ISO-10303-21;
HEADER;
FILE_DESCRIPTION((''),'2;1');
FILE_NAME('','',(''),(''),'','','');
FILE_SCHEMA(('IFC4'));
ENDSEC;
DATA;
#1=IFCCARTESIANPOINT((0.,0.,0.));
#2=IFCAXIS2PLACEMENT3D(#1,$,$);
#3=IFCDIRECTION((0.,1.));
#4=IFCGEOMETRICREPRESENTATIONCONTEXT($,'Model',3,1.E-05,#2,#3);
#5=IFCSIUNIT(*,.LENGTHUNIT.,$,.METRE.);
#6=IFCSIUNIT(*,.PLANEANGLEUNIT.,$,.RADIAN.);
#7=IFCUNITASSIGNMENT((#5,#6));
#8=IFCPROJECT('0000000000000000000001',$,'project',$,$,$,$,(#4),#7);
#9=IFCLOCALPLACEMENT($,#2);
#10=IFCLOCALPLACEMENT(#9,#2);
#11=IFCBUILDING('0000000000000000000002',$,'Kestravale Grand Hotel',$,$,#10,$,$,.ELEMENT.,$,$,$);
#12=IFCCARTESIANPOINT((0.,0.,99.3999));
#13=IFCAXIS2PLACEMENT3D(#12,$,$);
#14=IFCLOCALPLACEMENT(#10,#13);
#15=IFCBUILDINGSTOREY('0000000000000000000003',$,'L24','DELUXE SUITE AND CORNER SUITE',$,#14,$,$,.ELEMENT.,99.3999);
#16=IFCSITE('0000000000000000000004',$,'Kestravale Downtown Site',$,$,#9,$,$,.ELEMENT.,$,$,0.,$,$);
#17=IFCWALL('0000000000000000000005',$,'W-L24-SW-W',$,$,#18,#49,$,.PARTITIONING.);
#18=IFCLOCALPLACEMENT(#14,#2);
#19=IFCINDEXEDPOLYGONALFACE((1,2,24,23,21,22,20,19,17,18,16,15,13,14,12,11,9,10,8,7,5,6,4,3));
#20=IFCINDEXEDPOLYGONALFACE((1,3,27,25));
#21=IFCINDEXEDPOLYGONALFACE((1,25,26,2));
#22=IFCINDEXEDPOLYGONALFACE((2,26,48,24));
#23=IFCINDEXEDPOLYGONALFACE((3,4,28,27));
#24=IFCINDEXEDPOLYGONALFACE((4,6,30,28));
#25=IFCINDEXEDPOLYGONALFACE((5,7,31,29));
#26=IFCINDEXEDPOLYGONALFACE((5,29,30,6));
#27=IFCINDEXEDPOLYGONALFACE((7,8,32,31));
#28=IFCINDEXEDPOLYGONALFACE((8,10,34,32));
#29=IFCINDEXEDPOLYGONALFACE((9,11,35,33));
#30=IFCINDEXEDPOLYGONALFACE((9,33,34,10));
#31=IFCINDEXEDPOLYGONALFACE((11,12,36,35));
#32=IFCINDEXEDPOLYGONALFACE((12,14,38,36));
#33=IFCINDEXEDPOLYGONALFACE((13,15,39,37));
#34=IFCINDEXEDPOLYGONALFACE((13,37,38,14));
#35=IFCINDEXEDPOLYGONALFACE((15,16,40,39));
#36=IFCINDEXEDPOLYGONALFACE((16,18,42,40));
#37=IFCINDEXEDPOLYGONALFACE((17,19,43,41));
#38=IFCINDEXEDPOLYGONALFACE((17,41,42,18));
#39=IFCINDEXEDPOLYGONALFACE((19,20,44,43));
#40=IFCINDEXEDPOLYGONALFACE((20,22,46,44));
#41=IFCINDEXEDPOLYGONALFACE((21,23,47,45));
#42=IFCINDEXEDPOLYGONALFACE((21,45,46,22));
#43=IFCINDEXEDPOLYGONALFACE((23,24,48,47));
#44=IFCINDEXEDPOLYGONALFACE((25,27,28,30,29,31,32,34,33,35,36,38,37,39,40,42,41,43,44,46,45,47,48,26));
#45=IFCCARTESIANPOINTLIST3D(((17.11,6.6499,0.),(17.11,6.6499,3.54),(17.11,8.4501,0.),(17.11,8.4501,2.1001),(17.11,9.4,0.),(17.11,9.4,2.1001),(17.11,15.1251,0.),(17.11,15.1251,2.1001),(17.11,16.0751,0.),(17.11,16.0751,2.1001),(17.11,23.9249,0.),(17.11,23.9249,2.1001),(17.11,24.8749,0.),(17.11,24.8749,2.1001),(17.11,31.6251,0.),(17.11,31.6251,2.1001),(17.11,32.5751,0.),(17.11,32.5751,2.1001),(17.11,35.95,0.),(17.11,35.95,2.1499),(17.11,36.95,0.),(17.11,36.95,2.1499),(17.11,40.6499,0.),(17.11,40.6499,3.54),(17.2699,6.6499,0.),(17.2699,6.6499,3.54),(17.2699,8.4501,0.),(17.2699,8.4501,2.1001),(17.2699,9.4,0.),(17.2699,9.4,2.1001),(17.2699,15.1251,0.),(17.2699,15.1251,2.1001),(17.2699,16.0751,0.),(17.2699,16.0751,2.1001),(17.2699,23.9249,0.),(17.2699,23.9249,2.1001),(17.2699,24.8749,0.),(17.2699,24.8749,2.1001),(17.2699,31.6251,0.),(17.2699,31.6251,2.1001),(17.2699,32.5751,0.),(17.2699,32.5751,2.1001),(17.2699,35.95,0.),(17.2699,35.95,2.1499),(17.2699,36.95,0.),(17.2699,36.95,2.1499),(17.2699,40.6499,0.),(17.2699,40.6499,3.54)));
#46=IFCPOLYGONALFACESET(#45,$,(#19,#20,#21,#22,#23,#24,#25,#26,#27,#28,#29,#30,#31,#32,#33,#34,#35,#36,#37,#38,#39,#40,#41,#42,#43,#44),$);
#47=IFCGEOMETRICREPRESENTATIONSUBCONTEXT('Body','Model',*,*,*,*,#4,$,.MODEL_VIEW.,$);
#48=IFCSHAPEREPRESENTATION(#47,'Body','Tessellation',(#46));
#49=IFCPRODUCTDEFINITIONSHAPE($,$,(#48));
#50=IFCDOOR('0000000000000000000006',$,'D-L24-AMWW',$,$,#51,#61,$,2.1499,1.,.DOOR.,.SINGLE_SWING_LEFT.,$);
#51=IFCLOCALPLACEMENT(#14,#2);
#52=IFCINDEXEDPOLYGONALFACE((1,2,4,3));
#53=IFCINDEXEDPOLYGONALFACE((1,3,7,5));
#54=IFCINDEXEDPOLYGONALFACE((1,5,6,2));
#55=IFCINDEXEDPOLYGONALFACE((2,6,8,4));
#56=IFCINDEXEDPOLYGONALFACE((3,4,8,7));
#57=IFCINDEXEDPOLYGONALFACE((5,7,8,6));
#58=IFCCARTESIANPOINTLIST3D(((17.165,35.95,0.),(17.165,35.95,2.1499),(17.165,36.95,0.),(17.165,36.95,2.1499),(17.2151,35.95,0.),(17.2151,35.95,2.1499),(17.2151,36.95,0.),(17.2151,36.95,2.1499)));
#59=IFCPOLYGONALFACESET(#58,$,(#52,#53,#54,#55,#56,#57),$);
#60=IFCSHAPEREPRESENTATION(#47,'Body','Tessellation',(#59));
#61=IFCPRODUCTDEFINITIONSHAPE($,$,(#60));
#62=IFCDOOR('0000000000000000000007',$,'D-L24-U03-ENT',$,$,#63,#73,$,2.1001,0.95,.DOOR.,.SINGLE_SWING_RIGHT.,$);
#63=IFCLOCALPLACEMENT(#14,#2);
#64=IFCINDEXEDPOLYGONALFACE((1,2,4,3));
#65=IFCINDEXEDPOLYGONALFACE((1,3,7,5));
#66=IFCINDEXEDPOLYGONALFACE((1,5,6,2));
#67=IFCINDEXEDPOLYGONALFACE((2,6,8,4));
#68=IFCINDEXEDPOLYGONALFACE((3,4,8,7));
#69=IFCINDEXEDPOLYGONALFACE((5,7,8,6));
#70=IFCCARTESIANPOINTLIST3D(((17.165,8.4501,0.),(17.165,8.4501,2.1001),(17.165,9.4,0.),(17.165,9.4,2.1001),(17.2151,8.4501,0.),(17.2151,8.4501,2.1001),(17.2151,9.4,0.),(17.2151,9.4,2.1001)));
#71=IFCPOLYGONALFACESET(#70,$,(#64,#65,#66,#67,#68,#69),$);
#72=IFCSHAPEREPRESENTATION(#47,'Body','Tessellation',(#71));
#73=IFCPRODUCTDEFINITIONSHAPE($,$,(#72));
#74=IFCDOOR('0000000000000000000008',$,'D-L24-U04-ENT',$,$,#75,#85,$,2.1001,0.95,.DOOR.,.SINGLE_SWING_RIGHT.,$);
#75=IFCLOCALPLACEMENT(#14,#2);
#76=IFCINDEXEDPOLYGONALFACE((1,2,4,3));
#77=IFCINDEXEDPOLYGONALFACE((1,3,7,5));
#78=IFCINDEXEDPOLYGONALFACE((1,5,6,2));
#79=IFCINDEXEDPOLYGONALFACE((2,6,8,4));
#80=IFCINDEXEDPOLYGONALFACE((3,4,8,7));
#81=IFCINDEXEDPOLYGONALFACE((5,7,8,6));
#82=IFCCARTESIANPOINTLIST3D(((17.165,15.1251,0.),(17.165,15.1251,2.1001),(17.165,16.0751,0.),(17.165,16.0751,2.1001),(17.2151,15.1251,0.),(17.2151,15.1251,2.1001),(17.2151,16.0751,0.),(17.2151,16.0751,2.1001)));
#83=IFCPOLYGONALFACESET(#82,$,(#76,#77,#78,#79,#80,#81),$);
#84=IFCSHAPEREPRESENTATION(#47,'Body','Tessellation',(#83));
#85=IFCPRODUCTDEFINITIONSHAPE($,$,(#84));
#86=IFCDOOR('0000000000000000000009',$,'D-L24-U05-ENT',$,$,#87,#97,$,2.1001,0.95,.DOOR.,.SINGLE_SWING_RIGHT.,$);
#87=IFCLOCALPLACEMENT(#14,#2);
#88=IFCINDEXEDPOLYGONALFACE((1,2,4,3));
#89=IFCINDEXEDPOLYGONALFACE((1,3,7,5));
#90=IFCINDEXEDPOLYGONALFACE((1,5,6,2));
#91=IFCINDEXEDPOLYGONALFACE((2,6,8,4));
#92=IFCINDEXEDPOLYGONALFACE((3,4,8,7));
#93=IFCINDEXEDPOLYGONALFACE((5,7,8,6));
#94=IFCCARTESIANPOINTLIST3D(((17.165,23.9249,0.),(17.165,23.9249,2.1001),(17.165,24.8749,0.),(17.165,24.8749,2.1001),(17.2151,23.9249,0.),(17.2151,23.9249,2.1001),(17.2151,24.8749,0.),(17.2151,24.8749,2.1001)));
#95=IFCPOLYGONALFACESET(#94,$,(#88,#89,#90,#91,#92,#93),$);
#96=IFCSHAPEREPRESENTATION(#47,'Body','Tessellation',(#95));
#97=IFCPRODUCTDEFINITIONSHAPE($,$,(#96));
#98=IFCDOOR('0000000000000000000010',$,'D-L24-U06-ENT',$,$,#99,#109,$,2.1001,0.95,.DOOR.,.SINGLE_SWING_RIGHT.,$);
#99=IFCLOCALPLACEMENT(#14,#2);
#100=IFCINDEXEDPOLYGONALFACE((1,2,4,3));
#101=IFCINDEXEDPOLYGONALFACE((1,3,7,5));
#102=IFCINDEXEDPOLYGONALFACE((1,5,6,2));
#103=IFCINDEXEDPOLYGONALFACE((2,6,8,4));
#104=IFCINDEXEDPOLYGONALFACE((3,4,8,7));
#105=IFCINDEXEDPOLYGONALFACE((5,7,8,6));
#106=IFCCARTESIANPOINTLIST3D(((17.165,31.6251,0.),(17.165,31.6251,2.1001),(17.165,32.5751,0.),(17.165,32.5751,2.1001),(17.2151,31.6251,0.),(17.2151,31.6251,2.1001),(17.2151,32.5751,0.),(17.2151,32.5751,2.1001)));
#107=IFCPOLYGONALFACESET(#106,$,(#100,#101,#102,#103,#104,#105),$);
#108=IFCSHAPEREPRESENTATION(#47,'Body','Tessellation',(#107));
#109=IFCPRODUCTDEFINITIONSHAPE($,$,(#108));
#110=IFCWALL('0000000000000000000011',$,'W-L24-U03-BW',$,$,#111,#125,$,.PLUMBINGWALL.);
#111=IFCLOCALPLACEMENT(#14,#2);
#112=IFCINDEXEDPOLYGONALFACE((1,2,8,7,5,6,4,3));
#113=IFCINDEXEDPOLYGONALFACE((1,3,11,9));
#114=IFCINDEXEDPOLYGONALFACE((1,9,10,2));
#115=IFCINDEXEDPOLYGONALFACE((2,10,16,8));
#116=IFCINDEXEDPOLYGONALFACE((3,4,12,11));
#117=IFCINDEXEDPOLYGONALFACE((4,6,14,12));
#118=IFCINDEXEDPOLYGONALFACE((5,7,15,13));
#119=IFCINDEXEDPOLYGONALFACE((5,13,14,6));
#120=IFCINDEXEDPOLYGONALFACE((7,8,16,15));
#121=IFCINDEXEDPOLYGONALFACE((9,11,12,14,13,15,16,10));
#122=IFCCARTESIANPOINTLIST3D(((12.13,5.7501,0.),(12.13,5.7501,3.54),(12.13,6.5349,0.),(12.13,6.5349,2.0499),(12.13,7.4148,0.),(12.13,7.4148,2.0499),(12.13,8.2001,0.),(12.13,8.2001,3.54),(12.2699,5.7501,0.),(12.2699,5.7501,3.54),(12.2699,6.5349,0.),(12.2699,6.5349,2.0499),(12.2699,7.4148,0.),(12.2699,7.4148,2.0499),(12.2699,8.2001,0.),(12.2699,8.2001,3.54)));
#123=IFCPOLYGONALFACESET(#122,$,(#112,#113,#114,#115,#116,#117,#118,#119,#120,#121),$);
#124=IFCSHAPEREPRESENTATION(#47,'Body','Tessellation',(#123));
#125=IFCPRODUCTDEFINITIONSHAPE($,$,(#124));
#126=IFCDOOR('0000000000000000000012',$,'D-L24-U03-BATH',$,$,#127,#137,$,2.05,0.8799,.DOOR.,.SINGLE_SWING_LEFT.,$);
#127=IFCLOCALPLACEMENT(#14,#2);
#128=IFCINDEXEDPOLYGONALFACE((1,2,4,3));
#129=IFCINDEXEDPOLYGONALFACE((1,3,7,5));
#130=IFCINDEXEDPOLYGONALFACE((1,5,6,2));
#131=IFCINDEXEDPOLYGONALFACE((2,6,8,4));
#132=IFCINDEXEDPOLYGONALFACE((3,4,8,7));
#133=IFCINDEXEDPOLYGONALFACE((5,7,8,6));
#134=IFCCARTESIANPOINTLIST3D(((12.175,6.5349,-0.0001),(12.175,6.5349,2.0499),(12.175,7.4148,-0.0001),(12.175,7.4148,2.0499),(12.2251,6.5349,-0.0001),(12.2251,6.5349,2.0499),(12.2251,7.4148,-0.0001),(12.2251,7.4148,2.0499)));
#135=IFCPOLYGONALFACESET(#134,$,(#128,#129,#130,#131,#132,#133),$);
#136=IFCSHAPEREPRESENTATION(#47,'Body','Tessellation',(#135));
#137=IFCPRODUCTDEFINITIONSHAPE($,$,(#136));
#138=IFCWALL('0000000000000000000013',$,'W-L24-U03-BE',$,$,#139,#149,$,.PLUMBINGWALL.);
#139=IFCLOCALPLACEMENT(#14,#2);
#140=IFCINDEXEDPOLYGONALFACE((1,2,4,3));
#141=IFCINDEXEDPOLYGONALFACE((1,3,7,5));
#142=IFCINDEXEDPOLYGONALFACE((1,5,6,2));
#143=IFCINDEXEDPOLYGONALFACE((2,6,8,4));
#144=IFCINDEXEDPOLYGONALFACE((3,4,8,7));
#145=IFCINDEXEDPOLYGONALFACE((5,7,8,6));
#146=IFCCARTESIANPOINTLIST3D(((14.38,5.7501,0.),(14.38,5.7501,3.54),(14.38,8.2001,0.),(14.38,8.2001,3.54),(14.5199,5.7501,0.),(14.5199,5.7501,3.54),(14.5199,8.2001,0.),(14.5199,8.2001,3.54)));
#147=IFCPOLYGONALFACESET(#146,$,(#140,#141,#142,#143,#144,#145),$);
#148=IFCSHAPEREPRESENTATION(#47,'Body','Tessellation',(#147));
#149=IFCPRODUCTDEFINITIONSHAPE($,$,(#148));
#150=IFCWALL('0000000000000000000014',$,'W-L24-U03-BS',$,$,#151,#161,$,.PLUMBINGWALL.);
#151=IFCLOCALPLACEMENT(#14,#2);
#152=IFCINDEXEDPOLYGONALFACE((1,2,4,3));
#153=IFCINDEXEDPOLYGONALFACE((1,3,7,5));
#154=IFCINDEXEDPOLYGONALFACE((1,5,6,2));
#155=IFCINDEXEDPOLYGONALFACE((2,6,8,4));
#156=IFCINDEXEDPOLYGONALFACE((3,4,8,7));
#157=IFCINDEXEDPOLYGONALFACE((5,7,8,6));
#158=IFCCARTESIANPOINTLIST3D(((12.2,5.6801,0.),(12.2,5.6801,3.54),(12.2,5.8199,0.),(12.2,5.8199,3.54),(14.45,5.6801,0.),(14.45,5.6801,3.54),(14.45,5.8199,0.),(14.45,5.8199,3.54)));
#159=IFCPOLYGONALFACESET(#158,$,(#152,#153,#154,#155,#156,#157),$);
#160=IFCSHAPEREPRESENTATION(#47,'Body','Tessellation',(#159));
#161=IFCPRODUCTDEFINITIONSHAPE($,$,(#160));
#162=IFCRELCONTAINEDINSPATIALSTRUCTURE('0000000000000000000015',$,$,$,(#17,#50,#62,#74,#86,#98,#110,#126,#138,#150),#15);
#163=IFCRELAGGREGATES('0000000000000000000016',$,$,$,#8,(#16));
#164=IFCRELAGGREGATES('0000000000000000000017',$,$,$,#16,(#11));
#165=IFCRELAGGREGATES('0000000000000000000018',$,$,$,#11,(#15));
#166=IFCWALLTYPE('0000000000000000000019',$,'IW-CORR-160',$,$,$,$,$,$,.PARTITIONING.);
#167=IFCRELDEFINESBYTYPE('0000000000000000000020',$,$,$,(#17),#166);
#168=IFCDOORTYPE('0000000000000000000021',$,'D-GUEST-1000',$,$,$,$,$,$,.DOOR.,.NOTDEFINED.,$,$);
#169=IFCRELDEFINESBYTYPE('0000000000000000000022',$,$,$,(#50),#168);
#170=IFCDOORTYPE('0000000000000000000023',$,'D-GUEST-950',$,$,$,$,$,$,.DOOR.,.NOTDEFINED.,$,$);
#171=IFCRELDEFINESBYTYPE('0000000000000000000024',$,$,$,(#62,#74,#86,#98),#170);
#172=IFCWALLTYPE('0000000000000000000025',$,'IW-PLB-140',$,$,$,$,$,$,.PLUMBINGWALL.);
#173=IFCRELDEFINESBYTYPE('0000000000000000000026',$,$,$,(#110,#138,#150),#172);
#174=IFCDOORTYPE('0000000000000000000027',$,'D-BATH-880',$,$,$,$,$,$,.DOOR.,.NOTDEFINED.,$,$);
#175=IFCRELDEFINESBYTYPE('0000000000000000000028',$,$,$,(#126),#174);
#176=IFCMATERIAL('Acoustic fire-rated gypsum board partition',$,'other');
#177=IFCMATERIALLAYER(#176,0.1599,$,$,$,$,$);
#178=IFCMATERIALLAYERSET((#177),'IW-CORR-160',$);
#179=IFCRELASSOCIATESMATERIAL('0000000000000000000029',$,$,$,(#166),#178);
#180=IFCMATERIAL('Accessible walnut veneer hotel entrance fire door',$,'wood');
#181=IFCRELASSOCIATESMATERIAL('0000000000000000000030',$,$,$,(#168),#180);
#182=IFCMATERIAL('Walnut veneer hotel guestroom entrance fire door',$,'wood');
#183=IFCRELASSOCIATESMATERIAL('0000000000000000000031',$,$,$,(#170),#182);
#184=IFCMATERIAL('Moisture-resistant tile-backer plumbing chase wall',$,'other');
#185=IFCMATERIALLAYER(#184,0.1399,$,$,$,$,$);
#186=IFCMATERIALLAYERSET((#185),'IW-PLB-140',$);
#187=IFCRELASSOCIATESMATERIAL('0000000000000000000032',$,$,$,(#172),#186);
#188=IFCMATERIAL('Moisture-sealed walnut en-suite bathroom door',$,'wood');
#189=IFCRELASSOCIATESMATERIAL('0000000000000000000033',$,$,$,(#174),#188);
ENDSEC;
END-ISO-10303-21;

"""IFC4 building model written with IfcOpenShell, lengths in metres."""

from ifc_helpers import new_model, si_unit, direction, frame, frame_2d, origin, place, context, subcontext, project, spatial, rectangle, extrude, material, layer, layer_set, type_object, element, fill, save


model = new_model("IFC4")

# Units and contexts
model_context = context("Model", 3, precision=1e-05, world=origin(), true_north=direction((0.0, 1.0)))
body_context = subcontext(model_context, "Body", "Model", "MODEL_VIEW")
ifc_project = project(units=[si_unit("LENGTHUNIT", "METRE"), si_unit("PLANEANGLEUNIT", "RADIAN")], contexts=[model_context])

# Site, building, storey
site_placement = place(None, origin())
site = spatial("IfcSite", under=ifc_project, at=site_placement, Name="Kestravale Downtown Site", CompositionType="ELEMENT", RefElevation=0.0)
building_placement = place(site_placement, origin())
building = spatial("IfcBuilding", under=site, at=building_placement, Name="Kestravale Grand Hotel", CompositionType="ELEMENT")
storey_placement = place(building_placement, frame((0.0, 0.0, 99.3999)))
storey = spatial("IfcBuildingStorey", under=building, at=storey_placement, Name="L24", Description="DELUXE SUITE AND CORNER SUITE", CompositionType="ELEMENT", Elevation=99.3999)

# Wall, openings, doors
ifc_material_1 = material(Name="Acoustic fire-rated gypsum board partition", Category="other")
ifc_layer_1 = layer(ifc_material_1, 0.1599)
ifc_layer_set_1 = layer_set([ifc_layer_1], Name="IW-CORR-160")
wall_type_1 = type_object("IfcWallType", Name="IW-CORR-160", PredefinedType="PARTITIONING", material=ifc_layer_set_1)
wall_1_placement = place(storey_placement, frame((17.1899, 6.6499, 0.0), z_axis=(0.0, 0.0, 1.0), x_axis=(0.0, 1.0, 0.0)))
wall_1 = element("IfcWall", 1, at=wall_1_placement, inside=storey, type_object=wall_type_1, Name="W-L24-SW-W", PredefinedType="PARTITIONING", context=body_context, shape_type="SweptSolid", body=[
    extrude(rectangle(XDim=34.0, YDim=0.1599, at=frame_2d((17.0, 0.0))), origin(), (0.0, 0.0, 1.0), 3.54),
])
opening_1_placement = place(wall_1_placement, frame((1.8, 0.0, 0.0)))
opening_1 = element("IfcOpeningElement", 2, at=opening_1_placement, cuts=wall_1, PredefinedType="OPENING", context=body_context, shape_type="SweptSolid", body=[
    extrude(rectangle(XDim=0.95, YDim=2.1001, at=frame_2d((0.4751, 1.05))), frame((0.0, 0.0898, 0.0), z_axis=(0.0, -1.0, 0.0), x_axis=(1.0, 0.0, 0.0)), (0.0, 0.0, 1.0), 0.1799),
])
opening_2_placement = place(wall_1_placement, frame((8.4751, 0.0, 0.0)))
opening_2 = element("IfcOpeningElement", 3, at=opening_2_placement, cuts=wall_1, PredefinedType="OPENING", context=body_context, shape_type="SweptSolid", body=[
    extrude(rectangle(XDim=0.95, YDim=2.1001, at=frame_2d((0.4751, 1.05))), frame((0.0, 0.0898, 0.0), z_axis=(0.0, -1.0, 0.0), x_axis=(1.0, 0.0, 0.0)), (0.0, 0.0, 1.0), 0.1799),
])
opening_3_placement = place(wall_1_placement, frame((17.2749, 0.0, 0.0)))
opening_3 = element("IfcOpeningElement", 4, at=opening_3_placement, cuts=wall_1, PredefinedType="OPENING", context=body_context, shape_type="SweptSolid", body=[
    extrude(rectangle(XDim=0.95, YDim=2.1001, at=frame_2d((0.4751, 1.05))), frame((0.0, 0.0898, 0.0), z_axis=(0.0, -1.0, 0.0), x_axis=(1.0, 0.0, 0.0)), (0.0, 0.0, 1.0), 0.1799),
])
opening_4_placement = place(wall_1_placement, frame((24.9751, 0.0, 0.0)))
opening_4 = element("IfcOpeningElement", 5, at=opening_4_placement, cuts=wall_1, PredefinedType="OPENING", context=body_context, shape_type="SweptSolid", body=[
    extrude(rectangle(XDim=0.95, YDim=2.1001, at=frame_2d((0.4751, 1.05))), frame((0.0, 0.0898, 0.0), z_axis=(0.0, -1.0, 0.0), x_axis=(1.0, 0.0, 0.0)), (0.0, 0.0, 1.0), 0.1799),
])
opening_5_placement = place(wall_1_placement, frame((29.3, 0.0, 0.0)))
opening_5 = element("IfcOpeningElement", 6, at=opening_5_placement, cuts=wall_1, PredefinedType="OPENING", context=body_context, shape_type="SweptSolid", body=[
    extrude(rectangle(XDim=1.0, YDim=2.1499, at=frame_2d((0.5, 1.075))), frame((0.0, 0.0898, 0.0), z_axis=(0.0, -1.0, 0.0), x_axis=(1.0, 0.0, 0.0)), (0.0, 0.0, 1.0), 0.1799),
])
ifc_material_2 = material(Name="Accessible walnut veneer hotel entrance fire door", Category="wood")
door_type_1 = type_object("IfcDoorType", Name="D-GUEST-1000", OperationType="NOTDEFINED", PredefinedType="DOOR", material=ifc_material_2)
door_1_placement = place(opening_5_placement, origin())
door_1 = element("IfcDoor", 7, at=door_1_placement, inside=storey, type_object=door_type_1, Name="D-L24-AMWW", OperationType="SINGLE_SWING_LEFT", OverallHeight=2.1499, OverallWidth=1.0, PredefinedType="DOOR", context=body_context, shape_type="SweptSolid", body=[
    extrude(rectangle(XDim=1.0, YDim=2.1499, at=frame_2d((0.5, 1.075))), frame((0.0, 0.0249, 0.0), z_axis=(0.0, -1.0, 0.0), x_axis=(1.0, 0.0, 0.0)), (0.0, 0.0, 1.0), 0.05),
])
fill(opening_5, door_1)
ifc_material_3 = material(Name="Walnut veneer hotel guestroom entrance fire door", Category="wood")
door_type_2 = type_object("IfcDoorType", Name="D-GUEST-950", OperationType="NOTDEFINED", PredefinedType="DOOR", material=ifc_material_3)
door_2_placement = place(opening_1_placement, origin())
door_2 = element("IfcDoor", 8, at=door_2_placement, inside=storey, type_object=door_type_2, Name="D-L24-U03-ENT", OperationType="SINGLE_SWING_RIGHT", OverallHeight=2.1001, OverallWidth=0.95, PredefinedType="DOOR", context=body_context, shape_type="SweptSolid", body=[
    extrude(rectangle(XDim=0.95, YDim=2.1001, at=frame_2d((0.4751, 1.05))), frame((0.0, 0.0249, 0.0), z_axis=(0.0, -1.0, 0.0), x_axis=(1.0, 0.0, 0.0)), (0.0, 0.0, 1.0), 0.05),
])
fill(opening_1, door_2)
door_3_placement = place(opening_2_placement, origin())
door_3 = element("IfcDoor", 9, at=door_3_placement, inside=storey, type_object=door_type_2, Name="D-L24-U04-ENT", OperationType="SINGLE_SWING_RIGHT", OverallHeight=2.1001, OverallWidth=0.95, PredefinedType="DOOR", context=body_context, shape_type="SweptSolid", body=[
    extrude(rectangle(XDim=0.95, YDim=2.1001, at=frame_2d((0.4751, 1.05))), frame((0.0, 0.0249, 0.0), z_axis=(0.0, -1.0, 0.0), x_axis=(1.0, 0.0, 0.0)), (0.0, 0.0, 1.0), 0.05),
])
fill(opening_2, door_3)
door_4_placement = place(opening_3_placement, origin())
door_4 = element("IfcDoor", 10, at=door_4_placement, inside=storey, type_object=door_type_2, Name="D-L24-U05-ENT", OperationType="SINGLE_SWING_RIGHT", OverallHeight=2.1001, OverallWidth=0.95, PredefinedType="DOOR", context=body_context, shape_type="SweptSolid", body=[
    extrude(rectangle(XDim=0.95, YDim=2.1001, at=frame_2d((0.4751, 1.05))), frame((0.0, 0.0249, 0.0), z_axis=(0.0, -1.0, 0.0), x_axis=(1.0, 0.0, 0.0)), (0.0, 0.0, 1.0), 0.05),
])
fill(opening_3, door_4)
door_5_placement = place(opening_4_placement, origin())
door_5 = element("IfcDoor", 11, at=door_5_placement, inside=storey, type_object=door_type_2, Name="D-L24-U06-ENT", OperationType="SINGLE_SWING_RIGHT", OverallHeight=2.1001, OverallWidth=0.95, PredefinedType="DOOR", context=body_context, shape_type="SweptSolid", body=[
    extrude(rectangle(XDim=0.95, YDim=2.1001, at=frame_2d((0.4751, 1.05))), frame((0.0, 0.0249, 0.0), z_axis=(0.0, -1.0, 0.0), x_axis=(1.0, 0.0, 0.0)), (0.0, 0.0, 1.0), 0.05),
])
fill(opening_4, door_5)

# Wall, opening, door
ifc_material_4 = material(Name="Moisture-resistant tile-backer plumbing chase wall", Category="other")
ifc_layer_2 = layer(ifc_material_4, 0.1399)
ifc_layer_set_2 = layer_set([ifc_layer_2], Name="IW-PLB-140")
wall_type_2 = type_object("IfcWallType", Name="IW-PLB-140", PredefinedType="PLUMBINGWALL", material=ifc_layer_set_2)
wall_2_placement = place(storey_placement, frame((12.2, 5.75, 0.0), z_axis=(0.0, 0.0, 1.0), x_axis=(0.0, 1.0, 0.0)))
wall_2 = element("IfcWall", 12, at=wall_2_placement, inside=storey, type_object=wall_type_2, Name="W-L24-U03-BW", PredefinedType="PLUMBINGWALL", context=body_context, shape_type="SweptSolid", body=[
    extrude(rectangle(XDim=2.45, YDim=0.1399, at=frame_2d((1.2251, 0.0))), origin(), (0.0, 0.0, 1.0), 3.54),
])
opening_6_placement = place(wall_2_placement, frame((0.7849, 0.0, 0.0)))
opening_6 = element("IfcOpeningElement", 13, at=opening_6_placement, cuts=wall_2, PredefinedType="OPENING", context=body_context, shape_type="SweptSolid", body=[
    extrude(rectangle(XDim=0.8799, YDim=2.05, at=frame_2d((0.4399, 1.0249))), frame((0.0, 0.0798, 0.0), z_axis=(0.0, -1.0, 0.0), x_axis=(1.0, 0.0, 0.0)), (0.0, 0.0, 1.0), 0.1599),
])
ifc_material_5 = material(Name="Moisture-sealed walnut en-suite bathroom door", Category="wood")
door_type_3 = type_object("IfcDoorType", Name="D-BATH-880", OperationType="NOTDEFINED", PredefinedType="DOOR", material=ifc_material_5)
door_6_placement = place(opening_6_placement, origin())
door_6 = element("IfcDoor", 14, at=door_6_placement, inside=storey, type_object=door_type_3, Name="D-L24-U03-BATH", OperationType="SINGLE_SWING_LEFT", OverallHeight=2.05, OverallWidth=0.8799, PredefinedType="DOOR", context=body_context, shape_type="SweptSolid", body=[
    extrude(rectangle(XDim=0.8799, YDim=2.05, at=frame_2d((0.4399, 1.0249))), frame((0.0, 0.0249, 0.0), z_axis=(0.0, -1.0, 0.0), x_axis=(1.0, 0.0, 0.0)), (0.0, 0.0, 1.0), 0.05),
])
fill(opening_6, door_6)

# Walls
wall_3_placement = place(storey_placement, frame((14.45, 5.75, 0.0), z_axis=(0.0, 0.0, 1.0), x_axis=(0.0, 1.0, 0.0)))
element("IfcWall", 15, at=wall_3_placement, inside=storey, type_object=wall_type_2, Name="W-L24-U03-BE", PredefinedType="PLUMBINGWALL", context=body_context, shape_type="SweptSolid", body=[
    extrude(rectangle(XDim=2.45, YDim=0.1399, at=frame_2d((1.2251, 0.0))), origin(), (0.0, 0.0, 1.0), 3.54),
])
for number, where, z_axis, x_axis, name in (
    (16, (12.2, 5.75, 0.0), (0.0, 0.0, 1.0), (1.0, 0.0, 0.0), "W-L24-U03-BS"),
):
    element("IfcWall", number, at=place(storey_placement, frame(where, z_axis=z_axis, x_axis=x_axis)), inside=storey, type_object=wall_type_2, Name=name, PredefinedType="PLUMBINGWALL", context=body_context, shape_type="SweptSolid", body=[
        extrude(rectangle(XDim=2.25, YDim=0.1399, at=frame_2d((1.125, 0.0))), origin(), (0.0, 0.0, 1.0), 3.54),
    ])

save(model, "model.ifc")
